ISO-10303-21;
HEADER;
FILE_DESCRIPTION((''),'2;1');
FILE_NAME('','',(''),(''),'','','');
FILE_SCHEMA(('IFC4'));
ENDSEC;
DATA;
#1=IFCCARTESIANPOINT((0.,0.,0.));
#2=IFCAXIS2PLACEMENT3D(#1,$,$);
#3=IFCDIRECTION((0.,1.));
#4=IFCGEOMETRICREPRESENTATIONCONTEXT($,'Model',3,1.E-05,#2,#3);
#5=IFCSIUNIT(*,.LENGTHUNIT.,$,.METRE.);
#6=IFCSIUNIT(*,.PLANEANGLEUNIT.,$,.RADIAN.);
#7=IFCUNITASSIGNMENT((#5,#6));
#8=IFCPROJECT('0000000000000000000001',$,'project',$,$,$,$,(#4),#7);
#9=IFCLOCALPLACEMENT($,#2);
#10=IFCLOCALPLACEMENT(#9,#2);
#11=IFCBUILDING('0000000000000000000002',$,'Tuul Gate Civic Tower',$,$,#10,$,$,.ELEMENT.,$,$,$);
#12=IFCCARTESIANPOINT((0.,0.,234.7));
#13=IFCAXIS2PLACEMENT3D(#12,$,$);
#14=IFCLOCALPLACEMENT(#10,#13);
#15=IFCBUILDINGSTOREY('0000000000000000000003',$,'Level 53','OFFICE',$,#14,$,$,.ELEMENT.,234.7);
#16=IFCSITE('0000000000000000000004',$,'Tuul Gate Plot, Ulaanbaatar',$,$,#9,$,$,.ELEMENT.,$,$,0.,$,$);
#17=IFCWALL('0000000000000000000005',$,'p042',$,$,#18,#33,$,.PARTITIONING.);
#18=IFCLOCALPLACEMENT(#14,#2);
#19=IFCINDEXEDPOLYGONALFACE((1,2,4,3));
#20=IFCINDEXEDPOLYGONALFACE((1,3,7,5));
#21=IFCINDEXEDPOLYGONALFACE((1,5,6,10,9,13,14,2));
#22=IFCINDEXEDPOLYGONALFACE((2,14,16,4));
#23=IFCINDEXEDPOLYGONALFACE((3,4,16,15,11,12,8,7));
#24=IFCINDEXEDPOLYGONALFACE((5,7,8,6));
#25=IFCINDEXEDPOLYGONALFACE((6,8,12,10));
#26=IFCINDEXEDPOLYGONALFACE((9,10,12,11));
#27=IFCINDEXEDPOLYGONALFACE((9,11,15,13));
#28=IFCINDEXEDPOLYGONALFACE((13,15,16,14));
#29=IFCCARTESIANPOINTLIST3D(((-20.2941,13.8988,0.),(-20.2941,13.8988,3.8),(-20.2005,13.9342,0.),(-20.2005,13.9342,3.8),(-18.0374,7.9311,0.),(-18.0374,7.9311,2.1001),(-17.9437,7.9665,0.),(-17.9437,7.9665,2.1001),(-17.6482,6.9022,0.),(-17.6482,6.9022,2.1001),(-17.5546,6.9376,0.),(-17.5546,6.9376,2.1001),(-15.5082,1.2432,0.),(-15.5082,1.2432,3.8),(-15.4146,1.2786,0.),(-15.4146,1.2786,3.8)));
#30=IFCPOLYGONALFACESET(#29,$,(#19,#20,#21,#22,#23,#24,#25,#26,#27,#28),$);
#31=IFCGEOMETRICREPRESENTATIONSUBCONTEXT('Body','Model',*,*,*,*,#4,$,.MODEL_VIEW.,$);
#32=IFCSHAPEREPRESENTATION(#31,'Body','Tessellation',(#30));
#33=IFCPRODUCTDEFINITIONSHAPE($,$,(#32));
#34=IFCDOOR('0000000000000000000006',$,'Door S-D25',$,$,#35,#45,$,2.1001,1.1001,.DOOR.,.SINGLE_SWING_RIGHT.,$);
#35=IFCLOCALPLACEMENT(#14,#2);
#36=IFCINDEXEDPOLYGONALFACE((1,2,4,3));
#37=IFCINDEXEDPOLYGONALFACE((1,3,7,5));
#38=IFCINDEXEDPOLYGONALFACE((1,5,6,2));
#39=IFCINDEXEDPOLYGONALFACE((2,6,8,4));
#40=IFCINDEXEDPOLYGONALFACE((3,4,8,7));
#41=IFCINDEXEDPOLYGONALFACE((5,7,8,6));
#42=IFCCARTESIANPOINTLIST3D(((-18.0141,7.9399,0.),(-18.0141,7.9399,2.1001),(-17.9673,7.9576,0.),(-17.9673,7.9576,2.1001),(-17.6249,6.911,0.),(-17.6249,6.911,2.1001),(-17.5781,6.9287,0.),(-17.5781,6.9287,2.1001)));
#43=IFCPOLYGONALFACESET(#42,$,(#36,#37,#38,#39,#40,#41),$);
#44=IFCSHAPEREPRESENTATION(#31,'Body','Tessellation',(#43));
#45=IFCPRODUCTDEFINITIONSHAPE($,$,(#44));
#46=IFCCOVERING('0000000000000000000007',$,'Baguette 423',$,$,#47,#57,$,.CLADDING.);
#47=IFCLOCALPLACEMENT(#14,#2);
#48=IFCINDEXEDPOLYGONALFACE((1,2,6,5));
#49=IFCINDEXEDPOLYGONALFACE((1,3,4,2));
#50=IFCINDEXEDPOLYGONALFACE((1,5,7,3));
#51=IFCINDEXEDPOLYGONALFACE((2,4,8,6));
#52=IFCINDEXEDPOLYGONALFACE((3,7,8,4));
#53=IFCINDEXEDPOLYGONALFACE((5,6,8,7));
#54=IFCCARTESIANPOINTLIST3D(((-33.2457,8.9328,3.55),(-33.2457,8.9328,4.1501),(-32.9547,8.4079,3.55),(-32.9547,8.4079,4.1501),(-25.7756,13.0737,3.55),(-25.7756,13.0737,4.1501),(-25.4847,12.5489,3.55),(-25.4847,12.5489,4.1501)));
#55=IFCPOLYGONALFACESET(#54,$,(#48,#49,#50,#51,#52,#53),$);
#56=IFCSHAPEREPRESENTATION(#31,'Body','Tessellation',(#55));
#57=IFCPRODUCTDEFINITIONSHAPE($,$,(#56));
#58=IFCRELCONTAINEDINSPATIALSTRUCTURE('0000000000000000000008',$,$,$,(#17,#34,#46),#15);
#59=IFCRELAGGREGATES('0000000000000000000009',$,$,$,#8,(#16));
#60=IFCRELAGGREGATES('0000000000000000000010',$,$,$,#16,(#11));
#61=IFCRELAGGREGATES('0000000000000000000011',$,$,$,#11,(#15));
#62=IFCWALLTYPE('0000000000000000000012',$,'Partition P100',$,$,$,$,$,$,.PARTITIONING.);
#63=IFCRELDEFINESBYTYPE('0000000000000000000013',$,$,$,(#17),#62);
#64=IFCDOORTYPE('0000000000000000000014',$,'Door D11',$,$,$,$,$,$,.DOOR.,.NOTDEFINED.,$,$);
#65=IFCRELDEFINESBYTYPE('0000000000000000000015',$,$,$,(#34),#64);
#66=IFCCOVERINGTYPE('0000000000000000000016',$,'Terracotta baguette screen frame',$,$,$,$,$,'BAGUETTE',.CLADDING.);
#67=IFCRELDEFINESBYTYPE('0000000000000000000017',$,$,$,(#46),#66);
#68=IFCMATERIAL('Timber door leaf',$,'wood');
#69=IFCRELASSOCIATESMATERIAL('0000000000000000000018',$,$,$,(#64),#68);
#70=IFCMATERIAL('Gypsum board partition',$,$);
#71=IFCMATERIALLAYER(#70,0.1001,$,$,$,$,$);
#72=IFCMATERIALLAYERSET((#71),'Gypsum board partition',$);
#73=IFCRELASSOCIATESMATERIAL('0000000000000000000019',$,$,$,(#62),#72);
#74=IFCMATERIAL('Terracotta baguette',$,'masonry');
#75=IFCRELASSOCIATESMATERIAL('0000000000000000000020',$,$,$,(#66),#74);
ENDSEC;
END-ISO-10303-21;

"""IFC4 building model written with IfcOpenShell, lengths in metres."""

from ifc_helpers import new_model, si_unit, direction, frame, frame_2d, origin, origin_2d, place, context, subcontext, project, spatial, rectangle, extrude, material, layer, layer_set, material_profile, profile_set, type_object, element, fill, save


model = new_model("IFC4")

# Units and contexts
model_context = context("Model", 3, precision=1e-05, world=origin(), true_north=direction((0.0, 1.0)))
body_context = subcontext(model_context, "Body", "Model", "MODEL_VIEW")
ifc_project = project(units=[si_unit("LENGTHUNIT", "METRE"), si_unit("PLANEANGLEUNIT", "RADIAN")], contexts=[model_context])

# Site, building, storey
site_placement = place(None, origin())
site = spatial("IfcSite", under=ifc_project, at=site_placement, Name="Tuul Gate Plot, Ulaanbaatar", CompositionType="ELEMENT", RefElevation=0.0)
building_placement = place(site_placement, origin())
building = spatial("IfcBuilding", under=site, at=building_placement, Name="Tuul Gate Civic Tower", CompositionType="ELEMENT")
storey_placement = place(building_placement, frame((0.0, 0.0, 234.7)))
storey = spatial("IfcBuildingStorey", under=building, at=storey_placement, Name="Level 53", Description="OFFICE", CompositionType="ELEMENT", Elevation=234.7)

# Shared definitions
ifc_material_1 = material(Name="Timber door leaf", Category="wood")
door_type_1 = type_object("IfcDoorType", Name="Door D11", OperationType="NOTDEFINED", PredefinedType="DOOR", material=ifc_material_1)

# Wall, opening, door
ifc_material_2 = material(Name="Gypsum board partition")
ifc_layer_1 = layer(ifc_material_2, 0.1001)
ifc_layer_set_1 = layer_set([ifc_layer_1], Name="Gypsum board partition")
wall_type_1 = type_object("IfcWallType", Name="Partition P100", PredefinedType="PARTITIONING", material=ifc_layer_set_1)
wall_1_placement = place(storey_placement, frame((-20.2473, 13.9165, 0.0), z_axis=(0.0, 0.0, 1.0), x_axis=(0.353718, -0.935352, 0.0)))
wall_1 = element("IfcWall", 1, at=wall_1_placement, inside=storey, type_object=wall_type_1, Name="p042", PredefinedType="PARTITIONING", context=body_context, shape_type="SweptSolid", body=[
    extrude(rectangle(XDim=13.5303, YDim=0.1001, at=frame_2d((6.7651, 0.0))), origin(), (0.0, 0.0, 1.0), 3.8),
])
opening_1_placement = place(wall_1_placement, frame((6.3801, 0.0, 0.0)))
opening_1 = element("IfcOpeningElement", 2, at=opening_1_placement, cuts=wall_1, PredefinedType="OPENING", context=body_context, shape_type="SweptSolid", body=[
    extrude(rectangle(XDim=1.1001, YDim=2.1001, at=frame_2d((0.55, 1.05))), frame((0.0, 0.0601, 0.0), z_axis=(0.0, -1.0, 0.0), x_axis=(1.0, 0.0, 0.0)), (0.0, 0.0, 1.0), 0.1201),
])
door_1_placement = place(opening_1_placement, origin())
door_1 = element("IfcDoor", 3, at=door_1_placement, inside=storey, type_object=door_type_1, Name="Door S-D25", OperationType="SINGLE_SWING_RIGHT", OverallHeight=2.1001, OverallWidth=1.1001, PredefinedType="DOOR", context=body_context, shape_type="SweptSolid", body=[
    extrude(rectangle(XDim=1.1001, YDim=2.1001, at=frame_2d((0.55, 1.05))), frame((0.0, 0.0249, 0.0), z_axis=(0.0, -1.0, 0.0), x_axis=(1.0, 0.0, 0.0)), (0.0, 0.0, 1.0), 0.05),
])
fill(opening_1, door_1)

# Covering
ifc_material_3 = material(Name="Terracotta baguette", Category="masonry")
ifc_material_profile_1 = material_profile(ifc_material_3, rectangle(XDim=0.6001, YDim=0.6001, at=origin_2d()), Name="Terracotta baguette screen frame")
ifc_profile_set_1 = profile_set([ifc_material_profile_1], Name="Terracotta baguette")
covering_type = type_object("IfcCoveringType", Name="Terracotta baguette screen frame", ElementType="BAGUETTE", PredefinedType="CLADDING", material=ifc_profile_set_1)
covering_placement = place(storey_placement, frame((-25.6301, 12.8113, 3.8501), z_axis=(-0.87461, -0.484827, 0.0), x_axis=(0.484827, -0.87461, 0.0)))
element("IfcCovering", 4, at=covering_placement, inside=storey, type_object=covering_type, Name="Baguette 423", PredefinedType="CLADDING", context=body_context, shape_type="SweptSolid", body=[
    extrude(rectangle(XDim=0.6001, YDim=0.6001, at=origin_2d()), origin(), (0.0, 0.0, 1.0), 8.541),
])

save(model, "model.ifc")
